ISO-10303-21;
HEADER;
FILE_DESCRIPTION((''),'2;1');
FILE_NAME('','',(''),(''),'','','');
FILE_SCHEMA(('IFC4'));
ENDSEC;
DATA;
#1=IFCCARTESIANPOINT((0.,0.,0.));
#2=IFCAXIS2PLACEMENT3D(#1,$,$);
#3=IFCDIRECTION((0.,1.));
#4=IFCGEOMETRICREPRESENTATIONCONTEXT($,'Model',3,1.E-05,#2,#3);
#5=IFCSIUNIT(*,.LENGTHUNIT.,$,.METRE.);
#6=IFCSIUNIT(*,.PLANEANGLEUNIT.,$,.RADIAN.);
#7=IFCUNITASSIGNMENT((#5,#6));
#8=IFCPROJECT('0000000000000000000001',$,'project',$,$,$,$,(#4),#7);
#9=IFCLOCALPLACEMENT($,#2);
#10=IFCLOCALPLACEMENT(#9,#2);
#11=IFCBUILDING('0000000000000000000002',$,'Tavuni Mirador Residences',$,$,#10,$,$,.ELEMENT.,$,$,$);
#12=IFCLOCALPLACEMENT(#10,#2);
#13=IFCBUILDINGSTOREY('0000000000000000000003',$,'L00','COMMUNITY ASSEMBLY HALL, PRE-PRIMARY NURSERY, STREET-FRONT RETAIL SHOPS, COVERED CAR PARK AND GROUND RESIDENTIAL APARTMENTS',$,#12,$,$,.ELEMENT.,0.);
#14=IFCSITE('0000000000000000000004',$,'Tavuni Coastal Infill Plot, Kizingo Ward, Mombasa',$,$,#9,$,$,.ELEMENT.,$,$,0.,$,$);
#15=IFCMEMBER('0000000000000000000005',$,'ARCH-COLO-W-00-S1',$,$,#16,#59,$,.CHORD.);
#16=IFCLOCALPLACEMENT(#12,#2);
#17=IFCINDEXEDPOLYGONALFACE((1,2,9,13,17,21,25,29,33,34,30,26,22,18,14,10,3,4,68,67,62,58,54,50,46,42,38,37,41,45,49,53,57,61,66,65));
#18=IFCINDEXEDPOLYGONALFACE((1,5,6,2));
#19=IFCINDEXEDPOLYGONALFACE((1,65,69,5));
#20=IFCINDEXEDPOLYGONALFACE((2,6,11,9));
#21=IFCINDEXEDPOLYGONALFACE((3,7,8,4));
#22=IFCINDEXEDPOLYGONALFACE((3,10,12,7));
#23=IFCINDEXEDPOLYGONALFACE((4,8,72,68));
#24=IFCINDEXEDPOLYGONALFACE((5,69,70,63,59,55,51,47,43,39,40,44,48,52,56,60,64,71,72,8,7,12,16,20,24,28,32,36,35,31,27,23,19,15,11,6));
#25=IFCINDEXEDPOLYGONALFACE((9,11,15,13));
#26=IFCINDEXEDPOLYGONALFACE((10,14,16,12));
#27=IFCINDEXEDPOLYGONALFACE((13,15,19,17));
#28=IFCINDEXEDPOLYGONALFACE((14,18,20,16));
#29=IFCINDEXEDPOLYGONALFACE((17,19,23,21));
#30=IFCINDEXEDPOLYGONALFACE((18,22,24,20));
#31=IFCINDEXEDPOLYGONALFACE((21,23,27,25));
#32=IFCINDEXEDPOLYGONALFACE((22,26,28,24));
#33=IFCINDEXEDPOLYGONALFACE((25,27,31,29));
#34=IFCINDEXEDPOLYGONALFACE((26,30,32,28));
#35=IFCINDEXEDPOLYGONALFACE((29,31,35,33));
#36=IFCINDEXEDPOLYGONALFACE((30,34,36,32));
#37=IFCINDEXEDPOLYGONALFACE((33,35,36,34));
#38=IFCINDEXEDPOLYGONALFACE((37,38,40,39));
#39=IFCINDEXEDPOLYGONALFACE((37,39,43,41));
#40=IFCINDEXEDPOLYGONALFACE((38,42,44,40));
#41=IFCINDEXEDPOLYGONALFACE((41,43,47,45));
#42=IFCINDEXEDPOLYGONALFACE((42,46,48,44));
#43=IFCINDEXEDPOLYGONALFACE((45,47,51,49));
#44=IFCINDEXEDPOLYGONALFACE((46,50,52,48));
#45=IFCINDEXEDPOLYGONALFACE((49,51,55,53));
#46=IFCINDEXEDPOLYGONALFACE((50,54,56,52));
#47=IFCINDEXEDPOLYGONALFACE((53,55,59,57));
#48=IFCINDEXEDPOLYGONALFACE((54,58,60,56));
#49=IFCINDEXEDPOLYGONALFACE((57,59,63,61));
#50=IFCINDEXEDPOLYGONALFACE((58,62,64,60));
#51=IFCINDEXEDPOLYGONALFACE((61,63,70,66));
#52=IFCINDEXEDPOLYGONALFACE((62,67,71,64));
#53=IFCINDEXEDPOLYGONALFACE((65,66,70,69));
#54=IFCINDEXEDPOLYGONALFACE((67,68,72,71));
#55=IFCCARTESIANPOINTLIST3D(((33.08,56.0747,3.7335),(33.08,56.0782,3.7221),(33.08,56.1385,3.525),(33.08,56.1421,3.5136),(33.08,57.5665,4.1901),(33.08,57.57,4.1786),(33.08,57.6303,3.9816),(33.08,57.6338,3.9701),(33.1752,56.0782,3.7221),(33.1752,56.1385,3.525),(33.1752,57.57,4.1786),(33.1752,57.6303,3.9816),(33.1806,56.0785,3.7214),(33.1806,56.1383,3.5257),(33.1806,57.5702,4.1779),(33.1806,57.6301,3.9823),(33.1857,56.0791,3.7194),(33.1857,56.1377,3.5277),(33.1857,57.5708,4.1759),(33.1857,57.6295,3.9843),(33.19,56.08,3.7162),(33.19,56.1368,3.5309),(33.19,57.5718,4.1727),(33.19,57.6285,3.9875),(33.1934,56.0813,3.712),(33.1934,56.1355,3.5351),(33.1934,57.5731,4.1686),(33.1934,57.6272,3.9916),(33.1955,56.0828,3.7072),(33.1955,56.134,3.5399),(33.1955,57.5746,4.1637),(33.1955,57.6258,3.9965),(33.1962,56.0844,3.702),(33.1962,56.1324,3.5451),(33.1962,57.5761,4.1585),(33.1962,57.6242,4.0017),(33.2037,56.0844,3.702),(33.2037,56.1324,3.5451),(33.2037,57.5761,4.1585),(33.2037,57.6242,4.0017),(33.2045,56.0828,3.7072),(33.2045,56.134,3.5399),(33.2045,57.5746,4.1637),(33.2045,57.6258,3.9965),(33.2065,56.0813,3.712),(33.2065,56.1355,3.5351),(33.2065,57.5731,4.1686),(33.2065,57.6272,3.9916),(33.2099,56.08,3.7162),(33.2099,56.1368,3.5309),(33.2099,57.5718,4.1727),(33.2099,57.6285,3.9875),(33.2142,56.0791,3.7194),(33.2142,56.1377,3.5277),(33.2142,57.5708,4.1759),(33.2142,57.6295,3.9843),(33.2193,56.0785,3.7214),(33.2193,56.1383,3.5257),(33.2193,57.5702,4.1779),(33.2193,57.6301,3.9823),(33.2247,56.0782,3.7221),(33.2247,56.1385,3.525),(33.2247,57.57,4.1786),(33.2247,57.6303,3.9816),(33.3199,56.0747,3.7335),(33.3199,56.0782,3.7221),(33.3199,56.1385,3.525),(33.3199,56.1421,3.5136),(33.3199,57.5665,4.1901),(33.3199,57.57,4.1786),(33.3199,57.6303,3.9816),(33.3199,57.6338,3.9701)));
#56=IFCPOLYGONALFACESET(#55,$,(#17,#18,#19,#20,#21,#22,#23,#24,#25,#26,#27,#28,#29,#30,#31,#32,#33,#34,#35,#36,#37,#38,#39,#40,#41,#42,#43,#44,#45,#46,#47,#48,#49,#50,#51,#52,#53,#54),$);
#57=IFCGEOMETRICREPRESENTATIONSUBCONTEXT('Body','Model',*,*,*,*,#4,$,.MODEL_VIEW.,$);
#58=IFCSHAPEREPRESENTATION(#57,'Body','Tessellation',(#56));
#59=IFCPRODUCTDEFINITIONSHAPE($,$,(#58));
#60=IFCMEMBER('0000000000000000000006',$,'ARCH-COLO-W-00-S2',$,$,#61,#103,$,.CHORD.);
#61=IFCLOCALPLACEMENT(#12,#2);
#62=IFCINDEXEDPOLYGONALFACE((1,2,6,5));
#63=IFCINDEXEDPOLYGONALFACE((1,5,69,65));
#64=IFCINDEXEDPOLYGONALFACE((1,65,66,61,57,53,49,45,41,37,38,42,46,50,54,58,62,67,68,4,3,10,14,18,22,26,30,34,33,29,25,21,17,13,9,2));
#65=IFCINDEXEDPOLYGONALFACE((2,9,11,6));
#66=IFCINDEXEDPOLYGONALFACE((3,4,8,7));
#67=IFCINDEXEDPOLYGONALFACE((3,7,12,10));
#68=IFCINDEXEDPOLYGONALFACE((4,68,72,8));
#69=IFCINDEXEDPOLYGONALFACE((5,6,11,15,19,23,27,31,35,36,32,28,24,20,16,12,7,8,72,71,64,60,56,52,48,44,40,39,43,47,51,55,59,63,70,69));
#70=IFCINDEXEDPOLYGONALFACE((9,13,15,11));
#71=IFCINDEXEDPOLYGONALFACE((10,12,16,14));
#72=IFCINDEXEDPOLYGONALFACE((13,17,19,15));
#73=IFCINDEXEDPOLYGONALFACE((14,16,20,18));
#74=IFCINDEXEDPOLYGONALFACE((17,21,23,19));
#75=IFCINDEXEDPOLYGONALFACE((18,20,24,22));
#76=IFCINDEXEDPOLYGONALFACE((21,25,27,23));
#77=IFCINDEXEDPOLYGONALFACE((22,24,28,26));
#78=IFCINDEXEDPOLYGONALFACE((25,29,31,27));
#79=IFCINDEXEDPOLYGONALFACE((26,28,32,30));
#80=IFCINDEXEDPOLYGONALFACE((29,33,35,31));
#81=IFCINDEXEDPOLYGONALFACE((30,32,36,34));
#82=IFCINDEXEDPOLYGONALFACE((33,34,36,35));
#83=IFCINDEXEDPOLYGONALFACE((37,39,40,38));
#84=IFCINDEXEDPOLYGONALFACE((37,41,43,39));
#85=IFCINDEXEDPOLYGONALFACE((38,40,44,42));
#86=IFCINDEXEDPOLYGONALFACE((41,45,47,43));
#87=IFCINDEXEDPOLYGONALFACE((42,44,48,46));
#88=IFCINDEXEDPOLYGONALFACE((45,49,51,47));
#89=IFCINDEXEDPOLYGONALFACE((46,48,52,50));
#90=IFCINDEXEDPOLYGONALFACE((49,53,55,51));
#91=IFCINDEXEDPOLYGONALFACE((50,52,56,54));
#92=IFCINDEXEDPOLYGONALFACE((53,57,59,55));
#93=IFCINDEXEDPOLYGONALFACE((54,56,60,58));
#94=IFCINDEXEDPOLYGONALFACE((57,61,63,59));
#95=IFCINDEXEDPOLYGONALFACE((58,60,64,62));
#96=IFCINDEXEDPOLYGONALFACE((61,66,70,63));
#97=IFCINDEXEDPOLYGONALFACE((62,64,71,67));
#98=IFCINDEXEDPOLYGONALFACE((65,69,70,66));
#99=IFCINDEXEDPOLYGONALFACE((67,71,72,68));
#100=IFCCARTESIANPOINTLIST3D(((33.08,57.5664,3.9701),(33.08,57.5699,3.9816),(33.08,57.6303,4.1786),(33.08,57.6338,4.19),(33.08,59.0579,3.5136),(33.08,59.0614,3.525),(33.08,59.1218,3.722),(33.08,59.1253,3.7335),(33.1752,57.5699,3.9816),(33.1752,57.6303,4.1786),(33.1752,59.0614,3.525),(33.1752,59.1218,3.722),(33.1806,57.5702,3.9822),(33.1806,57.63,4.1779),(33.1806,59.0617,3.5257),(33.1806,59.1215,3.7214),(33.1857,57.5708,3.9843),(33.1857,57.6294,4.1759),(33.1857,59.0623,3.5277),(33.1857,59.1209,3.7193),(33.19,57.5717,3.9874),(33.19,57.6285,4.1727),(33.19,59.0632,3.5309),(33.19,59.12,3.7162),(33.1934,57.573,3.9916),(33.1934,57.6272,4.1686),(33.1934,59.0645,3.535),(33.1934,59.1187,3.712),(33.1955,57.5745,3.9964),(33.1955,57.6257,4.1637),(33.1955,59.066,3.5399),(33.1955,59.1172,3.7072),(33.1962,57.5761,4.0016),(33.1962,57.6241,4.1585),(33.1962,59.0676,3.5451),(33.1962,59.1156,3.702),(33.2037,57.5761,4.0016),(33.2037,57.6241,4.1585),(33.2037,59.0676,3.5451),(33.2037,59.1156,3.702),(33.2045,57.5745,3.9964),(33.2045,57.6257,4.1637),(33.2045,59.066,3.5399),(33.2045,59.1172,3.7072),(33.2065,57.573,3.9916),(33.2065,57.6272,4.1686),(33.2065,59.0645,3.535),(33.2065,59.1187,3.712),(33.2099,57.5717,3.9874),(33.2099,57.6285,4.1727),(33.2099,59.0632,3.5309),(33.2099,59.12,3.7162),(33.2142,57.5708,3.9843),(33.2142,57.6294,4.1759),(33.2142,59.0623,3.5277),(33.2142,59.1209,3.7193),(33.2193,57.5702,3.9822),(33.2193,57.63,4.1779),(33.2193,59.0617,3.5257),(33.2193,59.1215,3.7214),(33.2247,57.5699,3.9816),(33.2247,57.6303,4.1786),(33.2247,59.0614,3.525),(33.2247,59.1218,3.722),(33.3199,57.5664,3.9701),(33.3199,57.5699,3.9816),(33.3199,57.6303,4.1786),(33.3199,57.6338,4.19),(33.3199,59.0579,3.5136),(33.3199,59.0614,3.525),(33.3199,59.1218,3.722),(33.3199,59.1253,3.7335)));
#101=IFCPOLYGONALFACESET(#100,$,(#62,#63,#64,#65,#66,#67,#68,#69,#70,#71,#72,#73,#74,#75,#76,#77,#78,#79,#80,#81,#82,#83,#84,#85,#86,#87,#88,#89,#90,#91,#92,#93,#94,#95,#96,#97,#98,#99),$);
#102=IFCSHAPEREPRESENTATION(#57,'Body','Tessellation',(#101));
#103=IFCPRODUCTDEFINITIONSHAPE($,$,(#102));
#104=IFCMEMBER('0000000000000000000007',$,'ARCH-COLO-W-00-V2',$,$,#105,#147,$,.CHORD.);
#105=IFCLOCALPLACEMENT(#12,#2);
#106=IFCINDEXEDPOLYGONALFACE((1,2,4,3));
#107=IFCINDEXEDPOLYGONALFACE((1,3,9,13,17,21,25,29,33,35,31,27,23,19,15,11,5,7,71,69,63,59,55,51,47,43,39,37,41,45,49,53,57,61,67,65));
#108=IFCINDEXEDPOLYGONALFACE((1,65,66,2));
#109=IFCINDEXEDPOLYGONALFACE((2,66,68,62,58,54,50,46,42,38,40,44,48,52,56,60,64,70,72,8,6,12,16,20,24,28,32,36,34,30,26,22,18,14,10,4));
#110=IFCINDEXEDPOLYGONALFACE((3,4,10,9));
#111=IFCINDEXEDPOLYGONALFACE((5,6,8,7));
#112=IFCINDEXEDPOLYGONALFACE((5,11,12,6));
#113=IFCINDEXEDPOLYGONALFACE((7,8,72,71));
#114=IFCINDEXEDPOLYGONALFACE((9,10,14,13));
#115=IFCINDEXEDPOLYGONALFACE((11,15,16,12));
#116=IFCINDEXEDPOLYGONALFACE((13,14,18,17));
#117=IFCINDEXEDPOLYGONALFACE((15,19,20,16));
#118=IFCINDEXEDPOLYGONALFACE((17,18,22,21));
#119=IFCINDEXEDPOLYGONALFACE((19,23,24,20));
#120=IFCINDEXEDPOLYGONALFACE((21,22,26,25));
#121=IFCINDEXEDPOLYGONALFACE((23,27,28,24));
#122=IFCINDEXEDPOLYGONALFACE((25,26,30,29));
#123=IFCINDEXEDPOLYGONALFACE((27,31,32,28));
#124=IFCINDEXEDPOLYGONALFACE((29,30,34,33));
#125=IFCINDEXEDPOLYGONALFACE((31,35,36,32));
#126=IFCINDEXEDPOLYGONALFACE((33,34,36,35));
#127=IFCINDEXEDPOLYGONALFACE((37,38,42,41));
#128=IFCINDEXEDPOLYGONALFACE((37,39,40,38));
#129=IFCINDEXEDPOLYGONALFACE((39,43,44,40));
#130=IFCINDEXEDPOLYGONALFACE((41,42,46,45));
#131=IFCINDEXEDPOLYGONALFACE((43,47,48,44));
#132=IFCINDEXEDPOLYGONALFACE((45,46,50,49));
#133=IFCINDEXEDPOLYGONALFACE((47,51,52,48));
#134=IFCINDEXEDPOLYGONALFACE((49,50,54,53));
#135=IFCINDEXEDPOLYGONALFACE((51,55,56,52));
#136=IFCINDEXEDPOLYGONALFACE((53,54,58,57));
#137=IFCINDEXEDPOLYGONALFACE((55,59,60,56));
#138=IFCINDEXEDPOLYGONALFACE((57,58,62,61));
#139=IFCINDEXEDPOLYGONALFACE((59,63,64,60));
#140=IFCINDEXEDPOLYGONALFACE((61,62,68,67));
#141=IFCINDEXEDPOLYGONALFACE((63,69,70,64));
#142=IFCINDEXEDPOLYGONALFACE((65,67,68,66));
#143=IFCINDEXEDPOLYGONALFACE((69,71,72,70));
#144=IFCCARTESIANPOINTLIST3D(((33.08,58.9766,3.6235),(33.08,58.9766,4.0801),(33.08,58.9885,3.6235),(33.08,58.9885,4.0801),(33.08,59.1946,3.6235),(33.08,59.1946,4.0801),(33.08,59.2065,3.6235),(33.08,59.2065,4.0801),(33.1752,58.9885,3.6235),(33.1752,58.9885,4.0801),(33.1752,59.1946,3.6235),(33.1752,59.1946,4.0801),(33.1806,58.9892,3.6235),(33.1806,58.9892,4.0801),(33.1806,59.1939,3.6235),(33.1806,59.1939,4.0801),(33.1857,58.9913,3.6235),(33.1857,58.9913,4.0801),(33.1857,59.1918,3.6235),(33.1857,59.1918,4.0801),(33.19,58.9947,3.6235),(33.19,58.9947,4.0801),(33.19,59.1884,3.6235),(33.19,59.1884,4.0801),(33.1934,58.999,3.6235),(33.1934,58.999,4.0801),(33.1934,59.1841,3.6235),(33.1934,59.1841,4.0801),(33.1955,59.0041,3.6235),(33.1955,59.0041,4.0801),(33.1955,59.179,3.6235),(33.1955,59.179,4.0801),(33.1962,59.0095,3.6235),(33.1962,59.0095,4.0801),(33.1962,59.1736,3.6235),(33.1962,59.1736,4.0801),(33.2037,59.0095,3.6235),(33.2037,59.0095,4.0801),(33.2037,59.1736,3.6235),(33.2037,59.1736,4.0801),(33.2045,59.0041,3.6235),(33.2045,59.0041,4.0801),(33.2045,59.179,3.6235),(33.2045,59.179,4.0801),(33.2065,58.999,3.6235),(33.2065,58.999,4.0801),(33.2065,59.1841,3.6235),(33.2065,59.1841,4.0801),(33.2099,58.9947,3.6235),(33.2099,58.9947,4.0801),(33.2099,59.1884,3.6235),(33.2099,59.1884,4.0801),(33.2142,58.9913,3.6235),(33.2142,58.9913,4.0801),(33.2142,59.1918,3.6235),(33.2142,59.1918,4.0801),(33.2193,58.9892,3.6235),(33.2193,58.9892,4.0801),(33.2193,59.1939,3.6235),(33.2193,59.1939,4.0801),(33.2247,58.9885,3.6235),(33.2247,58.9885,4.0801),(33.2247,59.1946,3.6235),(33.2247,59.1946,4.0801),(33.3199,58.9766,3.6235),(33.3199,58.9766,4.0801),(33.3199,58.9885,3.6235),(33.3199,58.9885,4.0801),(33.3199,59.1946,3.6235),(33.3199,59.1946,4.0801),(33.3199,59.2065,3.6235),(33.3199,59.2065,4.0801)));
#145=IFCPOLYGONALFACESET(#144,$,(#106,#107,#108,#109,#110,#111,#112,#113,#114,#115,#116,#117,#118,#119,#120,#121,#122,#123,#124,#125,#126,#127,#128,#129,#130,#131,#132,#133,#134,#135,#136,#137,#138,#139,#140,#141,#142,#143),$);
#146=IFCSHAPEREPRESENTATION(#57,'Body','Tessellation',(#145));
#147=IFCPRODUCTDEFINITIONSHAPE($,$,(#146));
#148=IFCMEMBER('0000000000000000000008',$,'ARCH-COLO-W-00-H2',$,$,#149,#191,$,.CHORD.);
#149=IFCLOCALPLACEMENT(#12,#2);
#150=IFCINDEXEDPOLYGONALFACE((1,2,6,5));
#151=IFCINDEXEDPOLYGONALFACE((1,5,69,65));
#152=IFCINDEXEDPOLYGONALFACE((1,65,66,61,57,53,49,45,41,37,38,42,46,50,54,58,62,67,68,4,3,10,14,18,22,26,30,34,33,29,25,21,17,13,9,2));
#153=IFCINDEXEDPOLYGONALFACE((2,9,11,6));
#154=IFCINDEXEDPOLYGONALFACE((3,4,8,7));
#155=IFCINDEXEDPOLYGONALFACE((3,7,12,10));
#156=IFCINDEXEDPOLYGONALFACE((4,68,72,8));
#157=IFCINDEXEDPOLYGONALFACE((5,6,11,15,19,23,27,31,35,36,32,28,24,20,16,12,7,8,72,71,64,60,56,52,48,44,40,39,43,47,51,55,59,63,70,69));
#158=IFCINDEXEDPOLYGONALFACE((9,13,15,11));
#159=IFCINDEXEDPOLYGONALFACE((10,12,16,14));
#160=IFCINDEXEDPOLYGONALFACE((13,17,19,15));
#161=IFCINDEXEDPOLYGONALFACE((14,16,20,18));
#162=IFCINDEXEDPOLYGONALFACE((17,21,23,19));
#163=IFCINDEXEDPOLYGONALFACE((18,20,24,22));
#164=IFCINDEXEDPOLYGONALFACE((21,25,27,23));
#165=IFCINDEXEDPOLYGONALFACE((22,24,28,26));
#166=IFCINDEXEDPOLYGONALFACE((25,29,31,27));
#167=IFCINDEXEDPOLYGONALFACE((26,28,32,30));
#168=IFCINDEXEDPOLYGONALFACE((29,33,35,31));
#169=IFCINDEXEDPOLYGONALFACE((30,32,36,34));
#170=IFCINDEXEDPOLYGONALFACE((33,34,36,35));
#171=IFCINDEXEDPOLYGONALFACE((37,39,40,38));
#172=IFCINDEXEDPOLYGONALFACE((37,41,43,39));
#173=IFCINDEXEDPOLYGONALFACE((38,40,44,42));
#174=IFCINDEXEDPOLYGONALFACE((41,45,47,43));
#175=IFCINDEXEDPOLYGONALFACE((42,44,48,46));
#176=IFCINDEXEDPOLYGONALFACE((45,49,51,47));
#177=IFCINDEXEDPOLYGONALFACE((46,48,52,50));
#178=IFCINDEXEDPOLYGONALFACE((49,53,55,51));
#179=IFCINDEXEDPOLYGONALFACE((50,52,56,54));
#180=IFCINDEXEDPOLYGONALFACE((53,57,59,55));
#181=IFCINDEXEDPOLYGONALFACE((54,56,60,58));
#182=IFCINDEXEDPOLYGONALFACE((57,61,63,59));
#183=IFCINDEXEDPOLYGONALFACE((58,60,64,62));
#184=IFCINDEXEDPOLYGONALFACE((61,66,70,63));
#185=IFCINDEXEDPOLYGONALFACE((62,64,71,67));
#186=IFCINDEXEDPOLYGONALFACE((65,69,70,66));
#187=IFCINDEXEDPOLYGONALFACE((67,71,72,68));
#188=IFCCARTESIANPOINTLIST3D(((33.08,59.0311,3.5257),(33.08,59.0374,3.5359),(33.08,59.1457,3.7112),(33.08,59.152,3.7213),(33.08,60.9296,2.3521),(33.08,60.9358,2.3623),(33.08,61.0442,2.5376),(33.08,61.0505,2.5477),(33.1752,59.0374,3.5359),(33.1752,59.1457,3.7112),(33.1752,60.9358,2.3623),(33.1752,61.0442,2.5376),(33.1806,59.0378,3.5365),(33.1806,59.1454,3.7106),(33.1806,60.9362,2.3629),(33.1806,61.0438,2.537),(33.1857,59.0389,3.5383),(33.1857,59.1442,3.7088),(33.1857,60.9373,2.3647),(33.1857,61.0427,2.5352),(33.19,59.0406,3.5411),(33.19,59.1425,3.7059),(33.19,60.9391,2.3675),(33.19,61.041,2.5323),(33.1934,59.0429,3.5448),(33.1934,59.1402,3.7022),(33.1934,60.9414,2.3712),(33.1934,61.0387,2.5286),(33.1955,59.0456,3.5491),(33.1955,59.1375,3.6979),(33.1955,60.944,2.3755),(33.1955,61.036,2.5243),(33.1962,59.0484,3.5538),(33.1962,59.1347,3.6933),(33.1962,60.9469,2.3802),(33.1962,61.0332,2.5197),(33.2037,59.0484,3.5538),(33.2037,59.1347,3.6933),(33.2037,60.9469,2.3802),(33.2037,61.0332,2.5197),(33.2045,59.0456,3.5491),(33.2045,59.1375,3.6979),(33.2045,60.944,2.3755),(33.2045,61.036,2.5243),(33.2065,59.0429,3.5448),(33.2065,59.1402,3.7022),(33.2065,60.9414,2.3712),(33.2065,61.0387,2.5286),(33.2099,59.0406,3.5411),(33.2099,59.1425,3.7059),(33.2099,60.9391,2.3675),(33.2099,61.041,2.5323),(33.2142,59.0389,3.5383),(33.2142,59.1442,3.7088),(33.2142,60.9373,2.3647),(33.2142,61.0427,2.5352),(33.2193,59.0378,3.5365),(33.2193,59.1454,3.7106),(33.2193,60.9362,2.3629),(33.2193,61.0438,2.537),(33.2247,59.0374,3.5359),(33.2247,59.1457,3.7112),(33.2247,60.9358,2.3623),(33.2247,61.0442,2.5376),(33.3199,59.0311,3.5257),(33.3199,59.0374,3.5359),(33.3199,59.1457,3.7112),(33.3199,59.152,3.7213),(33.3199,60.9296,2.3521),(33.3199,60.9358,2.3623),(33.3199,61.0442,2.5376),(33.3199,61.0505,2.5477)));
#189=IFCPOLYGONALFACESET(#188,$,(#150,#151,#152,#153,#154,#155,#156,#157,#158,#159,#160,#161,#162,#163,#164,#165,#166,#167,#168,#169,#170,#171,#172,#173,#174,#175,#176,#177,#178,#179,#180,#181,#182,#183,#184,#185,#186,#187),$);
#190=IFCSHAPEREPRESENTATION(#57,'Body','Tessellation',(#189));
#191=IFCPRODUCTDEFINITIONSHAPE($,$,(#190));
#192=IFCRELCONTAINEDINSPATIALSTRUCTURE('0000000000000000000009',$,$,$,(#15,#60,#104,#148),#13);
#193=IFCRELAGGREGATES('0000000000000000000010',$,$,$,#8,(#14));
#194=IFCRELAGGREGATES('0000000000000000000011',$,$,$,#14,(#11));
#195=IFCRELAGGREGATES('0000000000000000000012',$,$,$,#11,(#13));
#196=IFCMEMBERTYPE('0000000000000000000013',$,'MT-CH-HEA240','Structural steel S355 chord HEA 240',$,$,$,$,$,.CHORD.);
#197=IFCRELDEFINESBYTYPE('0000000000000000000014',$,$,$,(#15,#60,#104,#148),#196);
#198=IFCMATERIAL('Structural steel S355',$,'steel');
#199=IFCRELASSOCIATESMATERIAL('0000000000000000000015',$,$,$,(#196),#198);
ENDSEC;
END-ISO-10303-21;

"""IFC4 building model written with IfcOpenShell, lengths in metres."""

from ifc_helpers import new_model, si_unit, direction, frame, origin, origin_2d, place, context, subcontext, project, spatial, i_section, extrude, material, material_profile, profile_set, type_object, element, save


model = new_model("IFC4")

# Units and contexts
model_context = context("Model", 3, precision=1e-05, world=origin(), true_north=direction((0.0, 1.0)))
body_context = subcontext(model_context, "Body", "Model", "MODEL_VIEW")
ifc_project = project(units=[si_unit("LENGTHUNIT", "METRE"), si_unit("PLANEANGLEUNIT", "RADIAN")], contexts=[model_context])

# Site, building, storey
site_placement = place(None, origin())
site = spatial("IfcSite", under=ifc_project, at=site_placement, Name="Tavuni Coastal Infill Plot, Kizingo Ward, Mombasa", CompositionType="ELEMENT", RefElevation=0.0)
building_placement = place(site_placement, origin())
building = spatial("IfcBuilding", under=site, at=building_placement, Name="Tavuni Mirador Residences", CompositionType="ELEMENT")
storey_placement = place(building_placement, origin())
storey = spatial("IfcBuildingStorey", under=building, at=storey_placement, Name="L00", Description="COMMUNITY ASSEMBLY HALL, PRE-PRIMARY NURSERY, STREET-FRONT RETAIL SHOPS, COVERED CAR PARK AND GROUND RESIDENTIAL APARTMENTS", CompositionType="ELEMENT", Elevation=0.0)

# Members
ifc_material_1 = material(Name="Structural steel S355", Category="steel")
ifc_material_profile_1 = material_profile(ifc_material_1, i_section(OverallWidth=0.24, OverallDepth=0.23, WebThickness=0.0076, FlangeThickness=0.012, FilletRadius=0.021, at=origin_2d()), Name="HEA 240", Category="steel")
ifc_profile_set_1 = profile_set([ifc_material_profile_1], Name="Structural steel S355")
member_type_1 = type_object("IfcMemberType", Name="MT-CH-HEA240", Description="Structural steel S355 chord HEA 240", PredefinedType="CHORD", material=ifc_profile_set_1)
member_1_placement = place(storey_placement, frame((33.2, 56.1084, 3.6235), z_axis=(0.0, 0.956218, 0.292656), x_axis=(-1.0, 0.0, 0.0)))
element("IfcMember", 1, at=member_1_placement, inside=storey, type_object=member_type_1, Name="ARCH-COLO-W-00-S1", PredefinedType="CHORD", context=body_context, shape_type="SweptSolid", body=[
    extrude(i_section(OverallWidth=0.24, OverallDepth=0.23, WebThickness=0.0076, FlangeThickness=0.012, FilletRadius=0.021, at=origin_2d()), origin(), (0.0, 0.0, 1.0), 1.5601),
])
member_2_placement = place(storey_placement, frame((33.2, 57.6001, 4.0801), z_axis=(0.0, 0.956204, -0.2927), x_axis=(-1.0, 0.0, 0.0)))
element("IfcMember", 2, at=member_2_placement, inside=storey, type_object=member_type_1, Name="ARCH-COLO-W-00-S2", PredefinedType="CHORD", context=body_context, shape_type="SweptSolid", body=[
    extrude(i_section(OverallWidth=0.24, OverallDepth=0.23, WebThickness=0.0076, FlangeThickness=0.012, FilletRadius=0.021, at=origin_2d()), origin(), (0.0, 0.0, 1.0), 1.5598),
])
member_3_placement = place(storey_placement, frame((33.2, 59.0916, 3.6235), z_axis=(0.0, 0.0, 1.0), x_axis=(1.0, 0.0, 0.0)))
element("IfcMember", 3, at=member_3_placement, inside=storey, type_object=member_type_1, Name="ARCH-COLO-W-00-V2", PredefinedType="CHORD", context=body_context, shape_type="SweptSolid", body=[
    extrude(i_section(OverallWidth=0.24, OverallDepth=0.23, WebThickness=0.0076, FlangeThickness=0.012, FilletRadius=0.021, at=origin_2d()), origin(), (0.0, 0.0, 1.0), 0.4565),
])
member_4_placement = place(storey_placement, frame((33.2, 59.0916, 3.6235), z_axis=(0.0, 0.850594, -0.525824), x_axis=(-1.0, 0.0, 0.0)))
element("IfcMember", 4, at=member_4_placement, inside=storey, type_object=member_type_1, Name="ARCH-COLO-W-00-H2", PredefinedType="CHORD", context=body_context, shape_type="SweptSolid", body=[
    extrude(i_section(OverallWidth=0.24, OverallDepth=0.23, WebThickness=0.0076, FlangeThickness=0.012, FilletRadius=0.021, at=origin_2d()), origin(), (0.0, 0.0, 1.0), 2.2319),
])

save(model, "model.ifc")
